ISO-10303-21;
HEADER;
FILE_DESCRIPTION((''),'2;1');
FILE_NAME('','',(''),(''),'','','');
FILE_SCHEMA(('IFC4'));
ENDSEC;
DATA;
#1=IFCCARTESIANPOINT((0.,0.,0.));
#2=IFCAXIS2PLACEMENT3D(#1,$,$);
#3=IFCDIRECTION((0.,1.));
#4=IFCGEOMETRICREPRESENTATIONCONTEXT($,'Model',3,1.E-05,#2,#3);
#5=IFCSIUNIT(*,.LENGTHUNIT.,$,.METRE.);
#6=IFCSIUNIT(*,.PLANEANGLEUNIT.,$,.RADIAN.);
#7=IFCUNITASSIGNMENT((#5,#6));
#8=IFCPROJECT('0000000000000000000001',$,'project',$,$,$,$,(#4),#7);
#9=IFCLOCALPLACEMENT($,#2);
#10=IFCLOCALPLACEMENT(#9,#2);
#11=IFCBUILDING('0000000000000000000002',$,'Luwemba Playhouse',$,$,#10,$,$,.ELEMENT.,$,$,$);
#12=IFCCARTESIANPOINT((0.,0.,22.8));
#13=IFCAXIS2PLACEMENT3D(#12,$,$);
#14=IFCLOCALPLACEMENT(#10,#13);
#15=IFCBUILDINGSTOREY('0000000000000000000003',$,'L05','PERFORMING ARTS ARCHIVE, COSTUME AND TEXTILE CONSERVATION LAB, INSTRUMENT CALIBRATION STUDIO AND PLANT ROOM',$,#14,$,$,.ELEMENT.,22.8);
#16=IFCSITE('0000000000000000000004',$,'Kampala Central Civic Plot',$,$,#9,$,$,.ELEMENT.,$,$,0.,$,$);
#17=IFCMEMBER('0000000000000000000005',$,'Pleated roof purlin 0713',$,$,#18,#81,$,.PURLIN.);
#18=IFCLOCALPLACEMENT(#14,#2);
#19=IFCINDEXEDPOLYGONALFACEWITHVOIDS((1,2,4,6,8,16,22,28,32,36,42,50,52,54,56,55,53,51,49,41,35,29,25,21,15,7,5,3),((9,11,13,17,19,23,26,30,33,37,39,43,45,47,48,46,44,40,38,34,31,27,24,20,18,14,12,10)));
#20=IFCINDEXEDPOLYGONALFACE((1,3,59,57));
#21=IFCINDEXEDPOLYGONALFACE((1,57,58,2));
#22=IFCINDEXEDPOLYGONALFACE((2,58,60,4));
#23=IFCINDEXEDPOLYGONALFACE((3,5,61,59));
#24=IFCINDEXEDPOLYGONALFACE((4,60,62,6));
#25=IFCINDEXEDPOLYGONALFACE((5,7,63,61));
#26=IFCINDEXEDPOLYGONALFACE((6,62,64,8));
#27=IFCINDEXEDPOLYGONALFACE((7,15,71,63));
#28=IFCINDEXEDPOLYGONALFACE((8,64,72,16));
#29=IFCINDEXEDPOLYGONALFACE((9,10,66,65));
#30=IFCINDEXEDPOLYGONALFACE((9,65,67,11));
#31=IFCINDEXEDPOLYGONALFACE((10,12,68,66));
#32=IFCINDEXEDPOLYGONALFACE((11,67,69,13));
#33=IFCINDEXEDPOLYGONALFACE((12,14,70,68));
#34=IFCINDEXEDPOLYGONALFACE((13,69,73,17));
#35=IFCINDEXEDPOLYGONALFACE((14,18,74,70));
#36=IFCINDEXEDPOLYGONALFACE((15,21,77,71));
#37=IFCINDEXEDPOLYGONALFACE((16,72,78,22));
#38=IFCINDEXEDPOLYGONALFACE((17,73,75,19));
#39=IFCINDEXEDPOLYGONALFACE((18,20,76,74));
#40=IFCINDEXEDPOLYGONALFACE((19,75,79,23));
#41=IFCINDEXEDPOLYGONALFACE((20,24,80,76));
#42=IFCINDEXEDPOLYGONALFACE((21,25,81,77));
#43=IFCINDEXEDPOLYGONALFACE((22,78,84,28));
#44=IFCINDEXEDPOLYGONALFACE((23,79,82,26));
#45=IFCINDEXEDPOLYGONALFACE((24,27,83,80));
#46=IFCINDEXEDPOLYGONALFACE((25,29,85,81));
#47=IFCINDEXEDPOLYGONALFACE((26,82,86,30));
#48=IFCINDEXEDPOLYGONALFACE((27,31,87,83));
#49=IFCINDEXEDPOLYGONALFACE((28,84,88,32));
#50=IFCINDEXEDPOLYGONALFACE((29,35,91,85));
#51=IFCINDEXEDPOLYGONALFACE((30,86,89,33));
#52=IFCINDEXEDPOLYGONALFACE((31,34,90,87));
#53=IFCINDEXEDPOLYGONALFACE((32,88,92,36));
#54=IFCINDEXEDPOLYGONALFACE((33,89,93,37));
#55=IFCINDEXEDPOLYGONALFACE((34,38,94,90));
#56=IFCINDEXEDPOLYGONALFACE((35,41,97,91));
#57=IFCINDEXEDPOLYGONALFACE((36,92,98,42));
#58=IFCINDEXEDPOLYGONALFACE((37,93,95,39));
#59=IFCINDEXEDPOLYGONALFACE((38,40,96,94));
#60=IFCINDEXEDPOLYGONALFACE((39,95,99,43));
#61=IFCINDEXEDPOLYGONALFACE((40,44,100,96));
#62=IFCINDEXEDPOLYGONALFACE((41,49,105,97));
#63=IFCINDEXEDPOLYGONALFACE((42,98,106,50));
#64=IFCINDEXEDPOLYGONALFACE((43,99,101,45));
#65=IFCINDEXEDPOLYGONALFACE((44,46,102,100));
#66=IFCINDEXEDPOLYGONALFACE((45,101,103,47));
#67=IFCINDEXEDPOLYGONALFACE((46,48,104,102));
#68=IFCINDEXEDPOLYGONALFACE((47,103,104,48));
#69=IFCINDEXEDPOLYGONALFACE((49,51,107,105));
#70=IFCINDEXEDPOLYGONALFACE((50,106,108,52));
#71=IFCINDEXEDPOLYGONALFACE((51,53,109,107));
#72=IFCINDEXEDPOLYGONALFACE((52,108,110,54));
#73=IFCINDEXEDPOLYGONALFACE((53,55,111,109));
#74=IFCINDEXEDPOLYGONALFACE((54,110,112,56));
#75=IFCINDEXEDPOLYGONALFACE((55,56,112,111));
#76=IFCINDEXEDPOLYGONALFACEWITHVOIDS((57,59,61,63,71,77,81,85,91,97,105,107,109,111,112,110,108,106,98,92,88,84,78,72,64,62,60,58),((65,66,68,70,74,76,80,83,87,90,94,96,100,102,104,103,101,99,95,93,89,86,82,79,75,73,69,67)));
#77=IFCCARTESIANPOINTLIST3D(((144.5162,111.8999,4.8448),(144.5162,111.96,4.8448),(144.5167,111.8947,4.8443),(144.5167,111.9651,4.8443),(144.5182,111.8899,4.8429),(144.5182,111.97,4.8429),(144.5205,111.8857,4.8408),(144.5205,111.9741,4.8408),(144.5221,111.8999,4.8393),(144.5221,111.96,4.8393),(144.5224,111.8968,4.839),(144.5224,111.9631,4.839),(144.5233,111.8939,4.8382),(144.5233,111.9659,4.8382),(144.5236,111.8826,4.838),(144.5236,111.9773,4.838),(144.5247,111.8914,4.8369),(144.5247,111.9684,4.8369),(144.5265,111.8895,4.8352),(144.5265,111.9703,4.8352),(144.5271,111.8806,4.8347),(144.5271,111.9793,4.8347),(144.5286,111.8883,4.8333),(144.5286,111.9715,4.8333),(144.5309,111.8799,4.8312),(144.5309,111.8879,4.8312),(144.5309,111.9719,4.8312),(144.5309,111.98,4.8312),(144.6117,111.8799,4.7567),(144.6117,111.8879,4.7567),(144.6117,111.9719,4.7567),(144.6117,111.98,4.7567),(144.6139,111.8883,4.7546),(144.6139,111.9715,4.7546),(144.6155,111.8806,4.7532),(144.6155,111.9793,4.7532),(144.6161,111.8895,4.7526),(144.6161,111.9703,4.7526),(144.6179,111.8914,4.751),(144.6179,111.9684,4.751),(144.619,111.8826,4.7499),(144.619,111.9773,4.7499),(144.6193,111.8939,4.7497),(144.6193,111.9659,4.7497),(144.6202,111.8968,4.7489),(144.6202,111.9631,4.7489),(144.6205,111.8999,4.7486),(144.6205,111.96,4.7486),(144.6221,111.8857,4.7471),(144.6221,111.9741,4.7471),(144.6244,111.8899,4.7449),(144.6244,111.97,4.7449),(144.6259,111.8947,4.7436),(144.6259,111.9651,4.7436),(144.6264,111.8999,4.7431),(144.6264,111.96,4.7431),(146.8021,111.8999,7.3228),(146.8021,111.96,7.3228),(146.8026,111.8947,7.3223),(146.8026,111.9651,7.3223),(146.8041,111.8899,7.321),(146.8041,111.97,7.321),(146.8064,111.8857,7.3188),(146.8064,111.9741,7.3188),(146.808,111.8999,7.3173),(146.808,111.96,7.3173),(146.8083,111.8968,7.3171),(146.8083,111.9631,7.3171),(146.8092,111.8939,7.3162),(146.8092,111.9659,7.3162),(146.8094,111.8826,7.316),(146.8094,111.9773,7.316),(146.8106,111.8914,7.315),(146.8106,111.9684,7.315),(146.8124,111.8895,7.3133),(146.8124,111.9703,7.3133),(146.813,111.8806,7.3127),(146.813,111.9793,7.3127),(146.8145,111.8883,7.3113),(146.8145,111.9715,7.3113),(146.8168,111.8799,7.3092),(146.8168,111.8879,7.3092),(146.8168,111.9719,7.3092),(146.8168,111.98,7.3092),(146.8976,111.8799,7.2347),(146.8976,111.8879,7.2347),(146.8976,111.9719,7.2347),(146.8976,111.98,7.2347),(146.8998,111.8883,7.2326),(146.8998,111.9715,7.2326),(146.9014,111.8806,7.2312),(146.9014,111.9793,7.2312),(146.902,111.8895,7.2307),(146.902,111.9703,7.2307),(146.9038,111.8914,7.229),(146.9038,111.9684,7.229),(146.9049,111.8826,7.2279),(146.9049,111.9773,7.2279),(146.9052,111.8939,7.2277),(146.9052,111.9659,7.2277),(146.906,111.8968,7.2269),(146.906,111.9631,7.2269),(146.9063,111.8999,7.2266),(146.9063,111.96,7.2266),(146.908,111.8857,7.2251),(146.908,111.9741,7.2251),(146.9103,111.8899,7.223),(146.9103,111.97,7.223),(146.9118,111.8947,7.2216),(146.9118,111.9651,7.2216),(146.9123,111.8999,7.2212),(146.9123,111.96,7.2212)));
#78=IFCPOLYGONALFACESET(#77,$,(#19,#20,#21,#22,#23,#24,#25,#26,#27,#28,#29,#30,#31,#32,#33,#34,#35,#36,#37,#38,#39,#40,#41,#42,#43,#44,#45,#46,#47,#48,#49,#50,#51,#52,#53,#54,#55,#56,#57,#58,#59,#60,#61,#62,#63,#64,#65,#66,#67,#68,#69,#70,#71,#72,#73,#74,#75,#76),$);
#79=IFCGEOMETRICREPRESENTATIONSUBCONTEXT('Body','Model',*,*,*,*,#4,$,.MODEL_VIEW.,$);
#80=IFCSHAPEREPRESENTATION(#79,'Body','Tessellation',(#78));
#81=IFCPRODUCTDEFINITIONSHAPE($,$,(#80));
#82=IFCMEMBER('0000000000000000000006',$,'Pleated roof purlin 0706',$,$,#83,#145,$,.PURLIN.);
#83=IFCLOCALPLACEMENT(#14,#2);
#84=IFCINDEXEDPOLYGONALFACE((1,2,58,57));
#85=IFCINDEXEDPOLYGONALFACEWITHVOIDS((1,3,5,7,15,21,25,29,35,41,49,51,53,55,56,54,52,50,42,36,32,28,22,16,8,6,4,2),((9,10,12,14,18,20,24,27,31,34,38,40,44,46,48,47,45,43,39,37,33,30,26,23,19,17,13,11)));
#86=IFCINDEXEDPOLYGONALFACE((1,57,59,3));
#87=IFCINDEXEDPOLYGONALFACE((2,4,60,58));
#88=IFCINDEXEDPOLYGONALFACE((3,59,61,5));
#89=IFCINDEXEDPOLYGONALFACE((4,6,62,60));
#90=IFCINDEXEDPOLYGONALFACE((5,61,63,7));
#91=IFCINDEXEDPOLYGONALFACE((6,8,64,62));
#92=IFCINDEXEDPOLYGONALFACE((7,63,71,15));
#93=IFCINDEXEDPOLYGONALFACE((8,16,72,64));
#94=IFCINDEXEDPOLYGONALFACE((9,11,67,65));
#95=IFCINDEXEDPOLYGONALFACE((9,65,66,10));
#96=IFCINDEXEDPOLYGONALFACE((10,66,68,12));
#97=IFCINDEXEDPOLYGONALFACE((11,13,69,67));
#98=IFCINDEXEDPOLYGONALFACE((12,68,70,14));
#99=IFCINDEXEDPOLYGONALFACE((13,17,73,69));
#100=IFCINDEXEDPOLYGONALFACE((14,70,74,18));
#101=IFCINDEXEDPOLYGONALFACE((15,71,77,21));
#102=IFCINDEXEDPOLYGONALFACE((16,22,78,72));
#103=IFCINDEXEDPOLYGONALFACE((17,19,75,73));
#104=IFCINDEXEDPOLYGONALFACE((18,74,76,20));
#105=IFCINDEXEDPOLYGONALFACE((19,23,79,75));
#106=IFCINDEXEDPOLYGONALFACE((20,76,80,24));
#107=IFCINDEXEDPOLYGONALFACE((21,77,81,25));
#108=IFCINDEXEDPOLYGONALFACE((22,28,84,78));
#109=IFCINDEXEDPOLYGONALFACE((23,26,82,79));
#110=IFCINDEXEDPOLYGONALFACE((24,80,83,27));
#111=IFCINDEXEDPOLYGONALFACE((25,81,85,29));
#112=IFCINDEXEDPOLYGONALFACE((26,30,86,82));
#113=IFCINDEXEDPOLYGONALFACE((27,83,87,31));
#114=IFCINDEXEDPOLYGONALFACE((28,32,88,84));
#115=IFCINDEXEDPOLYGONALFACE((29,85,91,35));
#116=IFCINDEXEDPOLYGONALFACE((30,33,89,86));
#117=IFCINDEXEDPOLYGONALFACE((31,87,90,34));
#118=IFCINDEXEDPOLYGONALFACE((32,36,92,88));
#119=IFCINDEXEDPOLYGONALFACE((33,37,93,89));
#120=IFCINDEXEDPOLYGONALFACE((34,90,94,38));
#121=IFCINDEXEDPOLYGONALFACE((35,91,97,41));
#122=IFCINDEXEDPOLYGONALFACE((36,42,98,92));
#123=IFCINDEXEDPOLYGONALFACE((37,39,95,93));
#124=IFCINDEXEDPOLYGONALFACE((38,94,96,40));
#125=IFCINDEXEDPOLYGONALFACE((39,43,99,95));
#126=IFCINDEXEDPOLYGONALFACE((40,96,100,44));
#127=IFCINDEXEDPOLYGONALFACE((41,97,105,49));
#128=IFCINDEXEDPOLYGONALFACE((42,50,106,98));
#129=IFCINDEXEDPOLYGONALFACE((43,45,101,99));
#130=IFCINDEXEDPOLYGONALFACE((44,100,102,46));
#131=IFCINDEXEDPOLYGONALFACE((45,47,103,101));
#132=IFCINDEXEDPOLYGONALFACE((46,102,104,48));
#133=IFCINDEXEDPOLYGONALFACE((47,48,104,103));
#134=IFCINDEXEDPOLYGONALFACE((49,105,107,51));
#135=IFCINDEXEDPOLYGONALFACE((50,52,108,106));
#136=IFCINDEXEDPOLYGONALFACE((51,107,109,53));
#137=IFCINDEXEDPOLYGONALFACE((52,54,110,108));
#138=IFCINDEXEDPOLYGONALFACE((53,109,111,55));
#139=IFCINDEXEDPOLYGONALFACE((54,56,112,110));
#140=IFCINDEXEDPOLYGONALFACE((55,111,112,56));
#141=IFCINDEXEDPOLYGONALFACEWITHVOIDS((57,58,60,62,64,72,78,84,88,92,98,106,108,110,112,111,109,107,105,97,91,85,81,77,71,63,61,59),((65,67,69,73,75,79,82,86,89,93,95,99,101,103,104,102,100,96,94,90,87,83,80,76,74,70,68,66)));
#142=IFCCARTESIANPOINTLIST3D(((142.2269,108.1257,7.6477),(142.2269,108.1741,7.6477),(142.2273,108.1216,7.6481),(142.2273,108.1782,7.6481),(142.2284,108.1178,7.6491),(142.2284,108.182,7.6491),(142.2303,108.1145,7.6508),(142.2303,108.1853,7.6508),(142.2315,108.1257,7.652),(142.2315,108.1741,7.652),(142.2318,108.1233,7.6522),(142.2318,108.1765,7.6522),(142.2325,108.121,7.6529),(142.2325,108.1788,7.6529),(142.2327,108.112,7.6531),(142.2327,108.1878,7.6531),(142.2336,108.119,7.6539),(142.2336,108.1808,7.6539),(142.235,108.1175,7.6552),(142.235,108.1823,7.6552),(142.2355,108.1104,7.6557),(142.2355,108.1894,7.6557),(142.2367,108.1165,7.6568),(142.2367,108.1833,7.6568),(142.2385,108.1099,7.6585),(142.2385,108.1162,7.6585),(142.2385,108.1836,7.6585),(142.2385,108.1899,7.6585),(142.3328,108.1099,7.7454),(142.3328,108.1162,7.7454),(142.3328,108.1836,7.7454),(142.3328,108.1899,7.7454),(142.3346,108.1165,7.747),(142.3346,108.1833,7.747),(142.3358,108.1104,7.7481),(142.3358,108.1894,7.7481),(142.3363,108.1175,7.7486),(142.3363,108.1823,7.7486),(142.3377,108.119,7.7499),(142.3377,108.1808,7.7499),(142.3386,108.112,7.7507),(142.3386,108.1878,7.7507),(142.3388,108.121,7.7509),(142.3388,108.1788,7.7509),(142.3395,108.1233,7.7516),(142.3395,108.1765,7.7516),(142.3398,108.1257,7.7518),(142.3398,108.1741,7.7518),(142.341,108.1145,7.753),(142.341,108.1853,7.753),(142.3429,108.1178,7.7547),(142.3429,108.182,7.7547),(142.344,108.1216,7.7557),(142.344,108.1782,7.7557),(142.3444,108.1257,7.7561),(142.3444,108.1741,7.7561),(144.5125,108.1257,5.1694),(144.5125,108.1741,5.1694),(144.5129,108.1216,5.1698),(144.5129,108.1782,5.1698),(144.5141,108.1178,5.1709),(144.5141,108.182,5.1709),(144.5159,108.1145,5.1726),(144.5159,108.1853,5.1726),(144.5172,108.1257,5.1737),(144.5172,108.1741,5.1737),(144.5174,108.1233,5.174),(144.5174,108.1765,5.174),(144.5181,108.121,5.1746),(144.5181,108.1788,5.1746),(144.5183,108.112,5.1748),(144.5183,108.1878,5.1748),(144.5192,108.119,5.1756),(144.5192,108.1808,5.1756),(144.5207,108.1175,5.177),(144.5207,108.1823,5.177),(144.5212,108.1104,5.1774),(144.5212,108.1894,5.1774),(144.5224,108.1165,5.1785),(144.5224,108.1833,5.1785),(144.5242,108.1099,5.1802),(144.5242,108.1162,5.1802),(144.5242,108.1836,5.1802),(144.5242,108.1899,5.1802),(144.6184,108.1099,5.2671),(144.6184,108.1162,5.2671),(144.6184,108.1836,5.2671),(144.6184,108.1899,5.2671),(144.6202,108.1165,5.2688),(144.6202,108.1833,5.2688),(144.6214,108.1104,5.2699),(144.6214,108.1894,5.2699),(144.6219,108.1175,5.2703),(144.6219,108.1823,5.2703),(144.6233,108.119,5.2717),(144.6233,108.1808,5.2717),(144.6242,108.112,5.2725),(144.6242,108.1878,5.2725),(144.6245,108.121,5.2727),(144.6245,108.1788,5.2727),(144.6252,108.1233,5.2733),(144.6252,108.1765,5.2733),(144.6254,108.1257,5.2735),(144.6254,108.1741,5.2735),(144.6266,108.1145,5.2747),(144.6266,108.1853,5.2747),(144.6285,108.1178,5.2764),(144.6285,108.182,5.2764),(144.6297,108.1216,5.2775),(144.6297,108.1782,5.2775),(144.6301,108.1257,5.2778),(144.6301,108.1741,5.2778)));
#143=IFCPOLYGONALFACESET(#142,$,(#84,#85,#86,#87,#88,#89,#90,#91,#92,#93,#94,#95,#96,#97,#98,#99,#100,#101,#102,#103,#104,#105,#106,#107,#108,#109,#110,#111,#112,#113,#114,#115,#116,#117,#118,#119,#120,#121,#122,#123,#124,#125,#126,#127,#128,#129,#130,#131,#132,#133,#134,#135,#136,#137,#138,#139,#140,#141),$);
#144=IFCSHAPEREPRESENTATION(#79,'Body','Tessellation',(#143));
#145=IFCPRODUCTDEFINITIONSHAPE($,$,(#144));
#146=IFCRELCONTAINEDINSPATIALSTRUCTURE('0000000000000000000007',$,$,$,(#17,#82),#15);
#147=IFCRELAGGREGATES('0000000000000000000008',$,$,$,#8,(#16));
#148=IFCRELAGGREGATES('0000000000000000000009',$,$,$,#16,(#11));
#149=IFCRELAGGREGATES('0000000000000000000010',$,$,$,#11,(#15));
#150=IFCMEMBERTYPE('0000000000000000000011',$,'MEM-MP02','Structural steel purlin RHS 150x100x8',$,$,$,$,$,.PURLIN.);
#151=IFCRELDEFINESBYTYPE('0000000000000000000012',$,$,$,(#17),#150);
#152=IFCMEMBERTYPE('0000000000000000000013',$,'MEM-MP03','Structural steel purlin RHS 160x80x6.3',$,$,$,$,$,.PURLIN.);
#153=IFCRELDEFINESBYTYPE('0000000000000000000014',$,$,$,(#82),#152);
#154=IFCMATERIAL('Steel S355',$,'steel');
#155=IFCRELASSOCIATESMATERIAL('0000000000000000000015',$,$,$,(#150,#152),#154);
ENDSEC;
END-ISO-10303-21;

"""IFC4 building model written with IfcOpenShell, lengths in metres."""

from ifc_helpers import new_model, si_unit, direction, frame, origin, origin_2d, place, context, subcontext, project, spatial, hollow_rectangle, extrude, material, material_profile, profile_set, type_object, element, save


model = new_model("IFC4")

# Units and contexts
model_context = context("Model", 3, precision=1e-05, world=origin(), true_north=direction((0.0, 1.0)))
body_context = subcontext(model_context, "Body", "Model", "MODEL_VIEW")
ifc_project = project(units=[si_unit("LENGTHUNIT", "METRE"), si_unit("PLANEANGLEUNIT", "RADIAN")], contexts=[model_context])

# Site, building, storey
site_placement = place(None, origin())
site = spatial("IfcSite", under=ifc_project, at=site_placement, Name="Kampala Central Civic Plot", CompositionType="ELEMENT", RefElevation=0.0)
building_placement = place(site_placement, origin())
building = spatial("IfcBuilding", under=site, at=building_placement, Name="Luwemba Playhouse", CompositionType="ELEMENT")
storey_placement = place(building_placement, frame((0.0, 0.0, 22.8)))
storey = spatial("IfcBuildingStorey", under=building, at=storey_placement, Name="L05", Description="PERFORMING ARTS ARCHIVE, COSTUME AND TEXTILE CONSERVATION LAB, INSTRUMENT CALIBRATION STUDIO AND PLANT ROOM", CompositionType="ELEMENT", Elevation=22.8)

# Shared definitions
ifc_material_1 = material(Name="Steel S355", Category="steel")

# Members
ifc_material_profile_1 = material_profile(ifc_material_1, hollow_rectangle(XDim=0.1001, YDim=0.1499, WallThickness=0.0081, InnerFilletRadius=0.012, OuterFilletRadius=0.02, at=origin_2d()))
ifc_profile_set_1 = profile_set([ifc_material_profile_1], Name="Steel S355")
member_type_1 = type_object("IfcMemberType", Name="MEM-MP02", Description="Structural steel purlin RHS 150x100x8", PredefinedType="PURLIN", material=ifc_profile_set_1)
member_1_placement = place(storey_placement, frame((144.5713, 111.9299, 4.7939), z_axis=(0.678036, 0.0, 0.735028), x_axis=(0.0, 1.0, 0.0)))
element("IfcMember", 1, at=member_1_placement, inside=storey, type_object=member_type_1, Name="Pleated roof purlin 0713", PredefinedType="PURLIN", context=body_context, shape_type="SweptSolid", body=[
    extrude(hollow_rectangle(XDim=0.1001, YDim=0.1499, WallThickness=0.0081, InnerFilletRadius=0.012, OuterFilletRadius=0.02, at=origin_2d()), origin(), (0.0, 0.0, 1.0), 3.3713),
])
ifc_material_profile_2 = material_profile(ifc_material_1, hollow_rectangle(XDim=0.0801, YDim=0.1599, WallThickness=0.0063, InnerFilletRadius=0.0095, OuterFilletRadius=0.0159, at=origin_2d()))
ifc_profile_set_2 = profile_set([ifc_material_profile_2], Name="Steel S355")
member_type_2 = type_object("IfcMemberType", Name="MEM-MP03", Description="Structural steel purlin RHS 160x80x6.3", PredefinedType="PURLIN", material=ifc_profile_set_2)
member_2_placement = place(storey_placement, frame((142.2856, 108.1499, 7.7019), z_axis=(0.677961, 0.0, -0.735098), x_axis=(0.0, 1.0, 0.0)))
element("IfcMember", 2, at=member_2_placement, inside=storey, type_object=member_type_2, Name="Pleated roof purlin 0706", PredefinedType="PURLIN", context=body_context, shape_type="SweptSolid", body=[
    extrude(hollow_rectangle(XDim=0.0801, YDim=0.1599, WallThickness=0.0063, InnerFilletRadius=0.0095, OuterFilletRadius=0.0159, at=origin_2d()), origin(), (0.0, 0.0, 1.0), 3.3713),
])

save(model, "model.ifc")
